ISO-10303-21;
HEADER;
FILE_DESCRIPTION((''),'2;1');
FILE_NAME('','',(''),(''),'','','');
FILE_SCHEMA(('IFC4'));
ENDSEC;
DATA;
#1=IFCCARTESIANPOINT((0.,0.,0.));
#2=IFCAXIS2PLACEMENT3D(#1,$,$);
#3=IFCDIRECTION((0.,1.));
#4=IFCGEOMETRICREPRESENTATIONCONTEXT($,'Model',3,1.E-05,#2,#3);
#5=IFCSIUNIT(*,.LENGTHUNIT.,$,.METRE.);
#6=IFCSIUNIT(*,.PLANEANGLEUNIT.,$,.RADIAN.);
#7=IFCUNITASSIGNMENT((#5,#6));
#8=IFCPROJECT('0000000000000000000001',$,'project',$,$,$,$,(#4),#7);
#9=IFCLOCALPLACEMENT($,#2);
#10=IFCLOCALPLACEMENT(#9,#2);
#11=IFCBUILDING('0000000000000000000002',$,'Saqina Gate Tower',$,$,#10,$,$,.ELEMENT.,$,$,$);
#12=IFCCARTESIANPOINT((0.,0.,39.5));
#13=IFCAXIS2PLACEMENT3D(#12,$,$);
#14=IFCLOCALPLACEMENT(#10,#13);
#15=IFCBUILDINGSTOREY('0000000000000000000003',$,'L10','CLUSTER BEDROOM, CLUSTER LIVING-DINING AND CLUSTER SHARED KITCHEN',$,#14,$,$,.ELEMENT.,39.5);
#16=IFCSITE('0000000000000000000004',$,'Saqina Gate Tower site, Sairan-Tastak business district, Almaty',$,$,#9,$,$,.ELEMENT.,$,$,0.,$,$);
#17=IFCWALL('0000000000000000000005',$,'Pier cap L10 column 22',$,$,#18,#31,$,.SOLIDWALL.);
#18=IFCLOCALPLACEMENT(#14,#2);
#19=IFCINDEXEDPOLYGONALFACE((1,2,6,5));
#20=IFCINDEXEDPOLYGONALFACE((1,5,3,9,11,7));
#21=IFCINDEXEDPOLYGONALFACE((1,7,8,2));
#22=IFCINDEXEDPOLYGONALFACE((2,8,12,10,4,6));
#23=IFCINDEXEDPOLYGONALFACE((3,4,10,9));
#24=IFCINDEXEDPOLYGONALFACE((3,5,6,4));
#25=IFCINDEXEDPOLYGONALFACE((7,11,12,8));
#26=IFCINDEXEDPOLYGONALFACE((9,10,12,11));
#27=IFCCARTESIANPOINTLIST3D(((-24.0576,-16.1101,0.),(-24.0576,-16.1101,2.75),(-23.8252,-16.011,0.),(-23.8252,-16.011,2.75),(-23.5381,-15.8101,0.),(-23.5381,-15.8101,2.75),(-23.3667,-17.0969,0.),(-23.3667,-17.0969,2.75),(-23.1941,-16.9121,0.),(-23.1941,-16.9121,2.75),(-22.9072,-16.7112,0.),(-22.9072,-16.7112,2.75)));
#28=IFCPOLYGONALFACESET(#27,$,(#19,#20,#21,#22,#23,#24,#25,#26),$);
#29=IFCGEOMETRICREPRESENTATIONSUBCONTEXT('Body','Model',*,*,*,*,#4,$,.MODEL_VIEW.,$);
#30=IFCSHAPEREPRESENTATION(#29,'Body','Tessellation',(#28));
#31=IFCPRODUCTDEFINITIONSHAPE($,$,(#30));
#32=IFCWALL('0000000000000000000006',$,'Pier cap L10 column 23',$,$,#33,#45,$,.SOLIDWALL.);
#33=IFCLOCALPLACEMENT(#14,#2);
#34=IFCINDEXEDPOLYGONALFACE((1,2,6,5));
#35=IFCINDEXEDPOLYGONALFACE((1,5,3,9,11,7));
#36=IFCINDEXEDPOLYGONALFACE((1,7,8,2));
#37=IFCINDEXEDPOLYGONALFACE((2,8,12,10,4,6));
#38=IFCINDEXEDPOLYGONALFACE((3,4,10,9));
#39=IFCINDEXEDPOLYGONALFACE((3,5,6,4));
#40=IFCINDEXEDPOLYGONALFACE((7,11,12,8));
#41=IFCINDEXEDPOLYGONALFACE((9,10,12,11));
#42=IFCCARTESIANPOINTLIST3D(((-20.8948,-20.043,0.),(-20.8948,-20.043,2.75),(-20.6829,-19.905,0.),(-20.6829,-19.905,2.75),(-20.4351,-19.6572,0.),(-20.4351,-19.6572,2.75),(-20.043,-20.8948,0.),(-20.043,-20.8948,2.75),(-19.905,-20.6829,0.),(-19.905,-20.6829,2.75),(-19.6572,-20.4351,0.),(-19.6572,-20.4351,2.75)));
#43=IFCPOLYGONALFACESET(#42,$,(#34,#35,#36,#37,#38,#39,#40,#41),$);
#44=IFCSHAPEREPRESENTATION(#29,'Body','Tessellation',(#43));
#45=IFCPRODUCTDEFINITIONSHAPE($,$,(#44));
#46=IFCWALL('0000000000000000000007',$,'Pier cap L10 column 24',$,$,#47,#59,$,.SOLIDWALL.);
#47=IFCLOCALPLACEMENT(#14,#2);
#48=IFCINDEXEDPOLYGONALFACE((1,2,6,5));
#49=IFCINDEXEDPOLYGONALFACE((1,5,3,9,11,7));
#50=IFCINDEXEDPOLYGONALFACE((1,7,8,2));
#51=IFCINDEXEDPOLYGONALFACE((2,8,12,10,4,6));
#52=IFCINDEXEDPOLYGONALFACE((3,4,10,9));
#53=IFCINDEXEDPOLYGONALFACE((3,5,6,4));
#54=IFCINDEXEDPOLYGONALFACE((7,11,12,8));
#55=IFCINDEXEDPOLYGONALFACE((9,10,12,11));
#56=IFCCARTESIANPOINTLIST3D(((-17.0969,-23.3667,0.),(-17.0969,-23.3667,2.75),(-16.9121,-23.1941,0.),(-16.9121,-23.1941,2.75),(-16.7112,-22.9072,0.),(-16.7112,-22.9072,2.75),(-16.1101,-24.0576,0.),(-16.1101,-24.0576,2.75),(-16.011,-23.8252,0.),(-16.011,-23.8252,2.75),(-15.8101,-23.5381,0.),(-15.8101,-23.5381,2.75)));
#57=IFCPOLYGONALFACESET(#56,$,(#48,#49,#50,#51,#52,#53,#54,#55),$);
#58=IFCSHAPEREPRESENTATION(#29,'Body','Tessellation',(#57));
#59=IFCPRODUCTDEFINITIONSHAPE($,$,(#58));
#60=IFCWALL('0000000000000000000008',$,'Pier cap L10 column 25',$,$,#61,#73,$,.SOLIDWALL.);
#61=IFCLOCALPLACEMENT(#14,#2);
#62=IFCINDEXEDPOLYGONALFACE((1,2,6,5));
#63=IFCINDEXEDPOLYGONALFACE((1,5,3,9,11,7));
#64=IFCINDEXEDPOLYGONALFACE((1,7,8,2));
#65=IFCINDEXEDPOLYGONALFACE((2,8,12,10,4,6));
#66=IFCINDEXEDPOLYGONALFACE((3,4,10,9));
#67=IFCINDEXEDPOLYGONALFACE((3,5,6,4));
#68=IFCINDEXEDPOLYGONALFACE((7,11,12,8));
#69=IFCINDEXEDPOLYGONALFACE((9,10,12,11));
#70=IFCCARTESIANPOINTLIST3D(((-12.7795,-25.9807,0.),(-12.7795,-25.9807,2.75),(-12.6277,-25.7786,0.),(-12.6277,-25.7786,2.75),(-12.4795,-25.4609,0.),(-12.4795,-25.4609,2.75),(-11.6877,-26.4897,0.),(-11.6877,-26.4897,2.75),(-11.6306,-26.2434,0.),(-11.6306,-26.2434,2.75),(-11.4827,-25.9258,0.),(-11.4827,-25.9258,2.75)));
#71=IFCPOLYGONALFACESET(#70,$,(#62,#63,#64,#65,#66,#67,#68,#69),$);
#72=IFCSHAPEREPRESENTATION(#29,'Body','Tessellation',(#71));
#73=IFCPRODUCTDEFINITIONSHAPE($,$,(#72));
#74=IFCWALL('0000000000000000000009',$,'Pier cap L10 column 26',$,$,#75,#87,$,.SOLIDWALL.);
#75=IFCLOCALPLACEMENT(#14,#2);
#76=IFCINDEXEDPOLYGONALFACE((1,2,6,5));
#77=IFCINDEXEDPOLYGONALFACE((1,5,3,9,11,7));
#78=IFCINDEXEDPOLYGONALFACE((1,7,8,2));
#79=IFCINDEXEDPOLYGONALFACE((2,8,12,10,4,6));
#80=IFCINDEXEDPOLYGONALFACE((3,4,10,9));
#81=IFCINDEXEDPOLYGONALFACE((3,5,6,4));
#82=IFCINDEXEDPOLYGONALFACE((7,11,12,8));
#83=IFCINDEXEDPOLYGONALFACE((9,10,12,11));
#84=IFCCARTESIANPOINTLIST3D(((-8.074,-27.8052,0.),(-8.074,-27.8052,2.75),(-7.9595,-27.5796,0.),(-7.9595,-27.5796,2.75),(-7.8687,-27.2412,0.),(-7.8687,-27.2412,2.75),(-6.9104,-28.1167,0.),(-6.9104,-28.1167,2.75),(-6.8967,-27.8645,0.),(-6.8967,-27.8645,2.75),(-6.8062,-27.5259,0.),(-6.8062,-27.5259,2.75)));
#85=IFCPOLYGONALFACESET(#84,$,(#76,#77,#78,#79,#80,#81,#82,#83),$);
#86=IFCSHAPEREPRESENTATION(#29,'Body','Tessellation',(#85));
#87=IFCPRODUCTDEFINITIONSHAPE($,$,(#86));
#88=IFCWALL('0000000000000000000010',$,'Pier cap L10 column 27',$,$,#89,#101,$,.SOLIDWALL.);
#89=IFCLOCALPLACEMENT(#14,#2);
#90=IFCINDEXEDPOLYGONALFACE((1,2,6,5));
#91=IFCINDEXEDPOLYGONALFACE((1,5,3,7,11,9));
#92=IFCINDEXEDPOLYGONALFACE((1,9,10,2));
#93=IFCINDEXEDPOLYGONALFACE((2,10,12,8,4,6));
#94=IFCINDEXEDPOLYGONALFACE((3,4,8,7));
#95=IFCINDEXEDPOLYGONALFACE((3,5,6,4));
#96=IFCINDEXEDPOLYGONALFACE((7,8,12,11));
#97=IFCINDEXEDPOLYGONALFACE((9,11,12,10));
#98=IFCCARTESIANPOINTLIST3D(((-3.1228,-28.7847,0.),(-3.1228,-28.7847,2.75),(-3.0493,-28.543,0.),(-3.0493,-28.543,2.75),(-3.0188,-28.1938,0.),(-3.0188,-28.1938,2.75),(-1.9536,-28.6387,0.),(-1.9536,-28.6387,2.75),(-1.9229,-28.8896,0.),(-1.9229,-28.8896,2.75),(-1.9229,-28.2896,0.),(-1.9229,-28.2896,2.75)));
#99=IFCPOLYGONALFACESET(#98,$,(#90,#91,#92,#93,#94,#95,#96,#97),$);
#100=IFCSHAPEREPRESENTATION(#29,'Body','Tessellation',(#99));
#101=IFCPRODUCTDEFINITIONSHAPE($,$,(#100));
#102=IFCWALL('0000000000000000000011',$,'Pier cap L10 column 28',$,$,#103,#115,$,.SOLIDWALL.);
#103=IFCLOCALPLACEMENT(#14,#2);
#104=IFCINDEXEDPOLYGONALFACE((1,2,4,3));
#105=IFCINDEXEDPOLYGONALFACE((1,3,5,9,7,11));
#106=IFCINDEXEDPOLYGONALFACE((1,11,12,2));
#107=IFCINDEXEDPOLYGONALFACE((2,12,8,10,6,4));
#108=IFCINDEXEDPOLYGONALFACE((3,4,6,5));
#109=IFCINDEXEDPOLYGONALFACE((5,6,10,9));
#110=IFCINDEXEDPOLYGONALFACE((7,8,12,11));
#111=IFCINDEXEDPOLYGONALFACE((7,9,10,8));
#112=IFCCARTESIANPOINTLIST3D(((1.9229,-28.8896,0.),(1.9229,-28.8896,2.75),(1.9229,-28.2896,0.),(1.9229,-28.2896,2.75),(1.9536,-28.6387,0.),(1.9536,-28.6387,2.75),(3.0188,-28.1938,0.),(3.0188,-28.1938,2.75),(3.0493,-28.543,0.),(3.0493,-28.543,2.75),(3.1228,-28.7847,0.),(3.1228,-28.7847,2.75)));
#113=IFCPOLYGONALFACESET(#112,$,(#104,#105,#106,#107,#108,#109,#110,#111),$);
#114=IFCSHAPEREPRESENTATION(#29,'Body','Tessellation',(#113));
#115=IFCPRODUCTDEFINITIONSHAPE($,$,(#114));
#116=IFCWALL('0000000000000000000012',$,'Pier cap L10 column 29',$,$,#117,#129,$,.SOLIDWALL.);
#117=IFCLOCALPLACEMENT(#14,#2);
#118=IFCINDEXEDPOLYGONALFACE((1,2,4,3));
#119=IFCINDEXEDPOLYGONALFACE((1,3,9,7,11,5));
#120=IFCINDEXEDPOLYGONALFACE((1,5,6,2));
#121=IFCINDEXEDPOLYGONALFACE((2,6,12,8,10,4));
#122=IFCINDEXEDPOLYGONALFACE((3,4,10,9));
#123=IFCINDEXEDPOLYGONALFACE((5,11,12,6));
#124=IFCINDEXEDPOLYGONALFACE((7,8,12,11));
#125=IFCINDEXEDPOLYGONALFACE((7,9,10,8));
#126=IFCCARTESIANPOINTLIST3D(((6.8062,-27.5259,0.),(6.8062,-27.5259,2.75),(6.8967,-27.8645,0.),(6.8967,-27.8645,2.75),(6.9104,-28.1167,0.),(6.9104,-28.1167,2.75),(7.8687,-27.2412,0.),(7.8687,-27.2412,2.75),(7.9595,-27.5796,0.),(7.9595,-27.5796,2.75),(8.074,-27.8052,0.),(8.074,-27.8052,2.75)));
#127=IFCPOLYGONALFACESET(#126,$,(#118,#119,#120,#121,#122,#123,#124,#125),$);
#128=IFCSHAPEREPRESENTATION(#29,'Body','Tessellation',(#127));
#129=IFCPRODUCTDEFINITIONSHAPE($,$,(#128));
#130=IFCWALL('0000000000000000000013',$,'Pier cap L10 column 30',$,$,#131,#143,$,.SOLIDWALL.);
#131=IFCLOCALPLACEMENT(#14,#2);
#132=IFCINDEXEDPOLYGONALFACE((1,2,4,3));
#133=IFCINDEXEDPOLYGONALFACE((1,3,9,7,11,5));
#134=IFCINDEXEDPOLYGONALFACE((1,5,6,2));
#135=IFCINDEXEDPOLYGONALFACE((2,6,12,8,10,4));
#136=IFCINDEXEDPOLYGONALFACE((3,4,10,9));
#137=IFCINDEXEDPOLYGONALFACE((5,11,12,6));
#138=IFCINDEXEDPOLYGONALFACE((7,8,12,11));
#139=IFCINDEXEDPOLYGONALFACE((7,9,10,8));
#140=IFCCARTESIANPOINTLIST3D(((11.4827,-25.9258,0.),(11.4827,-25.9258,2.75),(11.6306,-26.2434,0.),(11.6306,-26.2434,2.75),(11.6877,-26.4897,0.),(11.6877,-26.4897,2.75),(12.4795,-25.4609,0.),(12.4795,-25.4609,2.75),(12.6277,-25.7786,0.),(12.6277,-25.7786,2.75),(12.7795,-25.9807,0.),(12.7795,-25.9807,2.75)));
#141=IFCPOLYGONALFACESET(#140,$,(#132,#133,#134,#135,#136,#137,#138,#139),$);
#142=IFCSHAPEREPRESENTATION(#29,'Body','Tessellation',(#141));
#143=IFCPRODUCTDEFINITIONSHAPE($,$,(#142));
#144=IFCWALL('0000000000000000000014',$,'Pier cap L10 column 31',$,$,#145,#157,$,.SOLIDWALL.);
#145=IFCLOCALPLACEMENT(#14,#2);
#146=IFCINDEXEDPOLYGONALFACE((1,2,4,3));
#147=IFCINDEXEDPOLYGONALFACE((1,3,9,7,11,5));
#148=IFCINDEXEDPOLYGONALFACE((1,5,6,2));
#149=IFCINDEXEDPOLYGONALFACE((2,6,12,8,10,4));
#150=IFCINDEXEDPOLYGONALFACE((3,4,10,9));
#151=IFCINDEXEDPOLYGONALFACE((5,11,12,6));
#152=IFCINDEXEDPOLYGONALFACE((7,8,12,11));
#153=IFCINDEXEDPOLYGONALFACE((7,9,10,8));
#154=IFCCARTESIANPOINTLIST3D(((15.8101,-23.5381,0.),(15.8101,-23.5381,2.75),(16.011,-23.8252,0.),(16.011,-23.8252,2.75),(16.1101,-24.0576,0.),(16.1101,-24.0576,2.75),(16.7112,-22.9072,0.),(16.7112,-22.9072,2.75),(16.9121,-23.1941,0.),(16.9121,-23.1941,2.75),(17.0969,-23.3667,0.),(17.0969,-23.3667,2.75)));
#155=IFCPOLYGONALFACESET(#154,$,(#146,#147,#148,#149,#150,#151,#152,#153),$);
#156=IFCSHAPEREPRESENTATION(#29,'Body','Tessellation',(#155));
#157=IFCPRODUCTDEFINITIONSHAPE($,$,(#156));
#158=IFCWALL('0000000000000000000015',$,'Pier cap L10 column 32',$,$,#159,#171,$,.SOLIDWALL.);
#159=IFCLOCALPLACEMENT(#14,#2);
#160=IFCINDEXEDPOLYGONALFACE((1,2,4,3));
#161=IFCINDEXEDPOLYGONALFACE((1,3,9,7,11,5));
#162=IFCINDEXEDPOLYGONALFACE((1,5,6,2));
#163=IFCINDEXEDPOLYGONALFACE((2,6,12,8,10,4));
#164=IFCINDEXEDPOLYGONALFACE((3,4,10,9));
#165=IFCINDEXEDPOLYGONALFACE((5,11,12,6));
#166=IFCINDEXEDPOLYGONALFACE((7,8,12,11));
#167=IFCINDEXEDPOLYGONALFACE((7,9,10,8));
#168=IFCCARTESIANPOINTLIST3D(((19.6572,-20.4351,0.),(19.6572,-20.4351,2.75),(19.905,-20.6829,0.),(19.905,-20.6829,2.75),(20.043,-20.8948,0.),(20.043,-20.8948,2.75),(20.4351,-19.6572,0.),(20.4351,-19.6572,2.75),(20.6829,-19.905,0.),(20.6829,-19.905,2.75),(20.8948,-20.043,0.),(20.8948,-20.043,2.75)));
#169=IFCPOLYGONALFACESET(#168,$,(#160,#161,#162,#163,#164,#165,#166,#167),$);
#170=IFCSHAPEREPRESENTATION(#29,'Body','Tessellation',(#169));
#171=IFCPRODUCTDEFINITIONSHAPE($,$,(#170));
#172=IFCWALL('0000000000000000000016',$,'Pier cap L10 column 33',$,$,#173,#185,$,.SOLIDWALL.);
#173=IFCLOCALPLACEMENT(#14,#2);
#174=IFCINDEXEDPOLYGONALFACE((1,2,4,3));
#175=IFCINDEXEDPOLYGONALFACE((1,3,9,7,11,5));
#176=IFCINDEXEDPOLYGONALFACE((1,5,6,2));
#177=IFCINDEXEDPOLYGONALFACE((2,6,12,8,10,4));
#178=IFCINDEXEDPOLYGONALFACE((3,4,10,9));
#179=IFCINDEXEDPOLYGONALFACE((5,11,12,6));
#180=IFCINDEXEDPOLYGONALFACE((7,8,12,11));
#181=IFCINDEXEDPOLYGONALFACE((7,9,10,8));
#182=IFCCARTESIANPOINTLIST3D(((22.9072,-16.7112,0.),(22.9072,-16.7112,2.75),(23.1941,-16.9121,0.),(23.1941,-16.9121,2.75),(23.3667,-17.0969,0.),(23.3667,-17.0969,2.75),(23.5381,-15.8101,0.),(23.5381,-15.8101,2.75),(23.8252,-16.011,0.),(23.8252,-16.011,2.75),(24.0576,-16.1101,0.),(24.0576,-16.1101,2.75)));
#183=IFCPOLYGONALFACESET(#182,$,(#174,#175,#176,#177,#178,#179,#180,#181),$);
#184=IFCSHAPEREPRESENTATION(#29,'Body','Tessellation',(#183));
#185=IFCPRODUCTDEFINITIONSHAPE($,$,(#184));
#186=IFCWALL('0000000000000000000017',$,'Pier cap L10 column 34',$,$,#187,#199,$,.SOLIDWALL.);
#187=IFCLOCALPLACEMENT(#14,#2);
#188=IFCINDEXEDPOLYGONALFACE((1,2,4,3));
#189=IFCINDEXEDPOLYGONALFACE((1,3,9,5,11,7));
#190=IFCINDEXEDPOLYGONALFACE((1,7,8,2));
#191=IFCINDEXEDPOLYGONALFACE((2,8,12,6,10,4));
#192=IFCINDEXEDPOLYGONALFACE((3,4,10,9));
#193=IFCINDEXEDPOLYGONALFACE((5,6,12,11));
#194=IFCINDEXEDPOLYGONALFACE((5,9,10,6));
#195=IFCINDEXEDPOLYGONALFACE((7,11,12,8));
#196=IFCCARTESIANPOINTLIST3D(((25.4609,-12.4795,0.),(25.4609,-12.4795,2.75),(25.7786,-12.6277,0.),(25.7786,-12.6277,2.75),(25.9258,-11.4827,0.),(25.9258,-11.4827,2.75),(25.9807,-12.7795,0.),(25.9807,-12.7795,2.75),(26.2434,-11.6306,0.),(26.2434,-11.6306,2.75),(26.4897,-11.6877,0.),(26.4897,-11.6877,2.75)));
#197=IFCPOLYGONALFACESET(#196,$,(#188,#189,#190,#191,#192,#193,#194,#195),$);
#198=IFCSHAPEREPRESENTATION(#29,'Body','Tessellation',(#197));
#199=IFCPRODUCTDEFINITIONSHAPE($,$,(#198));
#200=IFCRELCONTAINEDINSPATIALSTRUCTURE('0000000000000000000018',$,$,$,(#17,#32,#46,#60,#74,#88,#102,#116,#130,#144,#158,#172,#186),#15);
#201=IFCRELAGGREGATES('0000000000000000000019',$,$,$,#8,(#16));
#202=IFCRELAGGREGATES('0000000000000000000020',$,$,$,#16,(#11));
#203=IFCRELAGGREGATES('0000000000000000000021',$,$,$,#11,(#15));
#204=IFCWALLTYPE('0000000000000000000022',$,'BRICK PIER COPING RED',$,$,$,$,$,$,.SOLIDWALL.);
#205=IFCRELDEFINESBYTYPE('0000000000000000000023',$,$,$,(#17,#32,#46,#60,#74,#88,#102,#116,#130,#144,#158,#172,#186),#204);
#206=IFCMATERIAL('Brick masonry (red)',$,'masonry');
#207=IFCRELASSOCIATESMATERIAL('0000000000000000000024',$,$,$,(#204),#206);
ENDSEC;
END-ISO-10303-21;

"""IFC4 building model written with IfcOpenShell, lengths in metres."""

from ifc_helpers import new_model, si_unit, direction, frame, origin, place, context, subcontext, project, spatial, polyline, outline, extrude, material, type_object, element, save


model = new_model("IFC4")

# Units and contexts
model_context = context("Model", 3, precision=1e-05, world=origin(), true_north=direction((0.0, 1.0)))
body_context = subcontext(model_context, "Body", "Model", "MODEL_VIEW")
ifc_project = project(units=[si_unit("LENGTHUNIT", "METRE"), si_unit("PLANEANGLEUNIT", "RADIAN")], contexts=[model_context])

# Site, building, storey
site_placement = place(None, origin())
site = spatial("IfcSite", under=ifc_project, at=site_placement, Name="Saqina Gate Tower site, Sairan-Tastak business district, Almaty", CompositionType="ELEMENT", RefElevation=0.0)
building_placement = place(site_placement, origin())
building = spatial("IfcBuilding", under=site, at=building_placement, Name="Saqina Gate Tower", CompositionType="ELEMENT")
storey_placement = place(building_placement, frame((0.0, 0.0, 39.5)))
storey = spatial("IfcBuildingStorey", under=building, at=storey_placement, Name="L10", Description="CLUSTER BEDROOM, CLUSTER LIVING-DINING AND CLUSTER SHARED KITCHEN", CompositionType="ELEMENT", Elevation=39.5)

# Walls
ifc_material = material(Name="Brick masonry (red)", Category="masonry")
wall_type = type_object("IfcWallType", Name="BRICK PIER COPING RED", PredefinedType="SOLIDWALL", material=ifc_material)
wall_1_placement = place(storey_placement, origin())
element("IfcWall", 1, at=wall_1_placement, inside=storey, type_object=wall_type, Name="Pier cap L10 column 22", PredefinedType="SOLIDWALL", context=body_context, shape_type="SweptSolid", body=[
    extrude(outline(polyline([(-24.0576, -16.1101), (-23.3667, -17.0969), (-22.9072, -16.7112), (-23.1941, -16.9121), (-23.8252, -16.011), (-23.5381, -15.8101), (-24.0576, -16.1101)])), origin(), (0.0, 0.0, 1.0), 2.75),
])
wall_2_placement = place(storey_placement, origin())
element("IfcWall", 2, at=wall_2_placement, inside=storey, type_object=wall_type, Name="Pier cap L10 column 23", PredefinedType="SOLIDWALL", context=body_context, shape_type="SweptSolid", body=[
    extrude(outline(polyline([(-20.043, -20.8948), (-19.6572, -20.4351), (-19.905, -20.6829), (-20.6829, -19.905), (-20.4351, -19.6572), (-20.8948, -20.043), (-20.043, -20.8948)])), origin(), (0.0, 0.0, 1.0), 2.75),
])
wall_3_placement = place(storey_placement, origin())
element("IfcWall", 3, at=wall_3_placement, inside=storey, type_object=wall_type, Name="Pier cap L10 column 24", PredefinedType="SOLIDWALL", context=body_context, shape_type="SweptSolid", body=[
    extrude(outline(polyline([(-17.0969, -23.3667), (-16.1101, -24.0576), (-15.8101, -23.5381), (-16.011, -23.8252), (-16.9121, -23.1941), (-16.7112, -22.9072), (-17.0969, -23.3667)])), origin(), (0.0, 0.0, 1.0), 2.75),
])
wall_4_placement = place(storey_placement, origin())
element("IfcWall", 4, at=wall_4_placement, inside=storey, type_object=wall_type, Name="Pier cap L10 column 25", PredefinedType="SOLIDWALL", context=body_context, shape_type="SweptSolid", body=[
    extrude(outline(polyline([(-11.6877, -26.4897), (-11.4827, -25.9258), (-11.6306, -26.2434), (-12.6277, -25.7786), (-12.4795, -25.4609), (-12.7795, -25.9807), (-11.6877, -26.4897)])), origin(), (0.0, 0.0, 1.0), 2.75),
])
wall_5_placement = place(storey_placement, origin())
element("IfcWall", 5, at=wall_5_placement, inside=storey, type_object=wall_type, Name="Pier cap L10 column 26", PredefinedType="SOLIDWALL", context=body_context, shape_type="SweptSolid", body=[
    extrude(outline(polyline([(-6.9104, -28.1167), (-6.8062, -27.5259), (-6.8967, -27.8645), (-7.9595, -27.5796), (-7.8687, -27.2412), (-8.074, -27.8052), (-6.9104, -28.1167)])), origin(), (0.0, 0.0, 1.0), 2.75),
])
wall_6_placement = place(storey_placement, origin())
element("IfcWall", 6, at=wall_6_placement, inside=storey, type_object=wall_type, Name="Pier cap L10 column 27", PredefinedType="SOLIDWALL", context=body_context, shape_type="SweptSolid", body=[
    extrude(outline(polyline([(-3.1228, -28.7847), (-1.9229, -28.8896), (-1.9229, -28.2896), (-1.9536, -28.6387), (-3.0493, -28.543), (-3.0188, -28.1938), (-3.1228, -28.7847)])), origin(), (0.0, 0.0, 1.0), 2.75),
])
wall_7_placement = place(storey_placement, origin())
element("IfcWall", 7, at=wall_7_placement, inside=storey, type_object=wall_type, Name="Pier cap L10 column 28", PredefinedType="SOLIDWALL", context=body_context, shape_type="SweptSolid", body=[
    extrude(outline(polyline([(1.9229, -28.8896), (3.1228, -28.7847), (3.0188, -28.1938), (3.0493, -28.543), (1.9536, -28.6387), (1.9229, -28.2896), (1.9229, -28.8896)])), origin(), (0.0, 0.0, 1.0), 2.75),
])
wall_8_placement = place(storey_placement, origin())
element("IfcWall", 8, at=wall_8_placement, inside=storey, type_object=wall_type, Name="Pier cap L10 column 29", PredefinedType="SOLIDWALL", context=body_context, shape_type="SweptSolid", body=[
    extrude(outline(polyline([(6.9104, -28.1167), (8.074, -27.8052), (7.8687, -27.2412), (7.9595, -27.5796), (6.8967, -27.8645), (6.8062, -27.5259), (6.9104, -28.1167)])), origin(), (0.0, 0.0, 1.0), 2.75),
])
wall_9_placement = place(storey_placement, origin())
element("IfcWall", 9, at=wall_9_placement, inside=storey, type_object=wall_type, Name="Pier cap L10 column 30", PredefinedType="SOLIDWALL", context=body_context, shape_type="SweptSolid", body=[
    extrude(outline(polyline([(12.7795, -25.9807), (12.4795, -25.4609), (12.6277, -25.7786), (11.6306, -26.2434), (11.4827, -25.9258), (11.6877, -26.4897), (12.7795, -25.9807)])), origin(), (0.0, 0.0, 1.0), 2.75),
])
wall_10_placement = place(storey_placement, origin())
element("IfcWall", 10, at=wall_10_placement, inside=storey, type_object=wall_type, Name="Pier cap L10 column 31", PredefinedType="SOLIDWALL", context=body_context, shape_type="SweptSolid", body=[
    extrude(outline(polyline([(16.1101, -24.0576), (17.0969, -23.3667), (16.7112, -22.9072), (16.9121, -23.1941), (16.011, -23.8252), (15.8101, -23.5381), (16.1101, -24.0576)])), origin(), (0.0, 0.0, 1.0), 2.75),
])
wall_11_placement = place(storey_placement, origin())
element("IfcWall", 11, at=wall_11_placement, inside=storey, type_object=wall_type, Name="Pier cap L10 column 32", PredefinedType="SOLIDWALL", context=body_context, shape_type="SweptSolid", body=[
    extrude(outline(polyline([(20.8948, -20.043), (20.4351, -19.6572), (20.6829, -19.905), (19.905, -20.6829), (19.6572, -20.4351), (20.043, -20.8948), (20.8948, -20.043)])), origin(), (0.0, 0.0, 1.0), 2.75),
])
wall_12_placement = place(storey_placement, origin())
element("IfcWall", 12, at=wall_12_placement, inside=storey, type_object=wall_type, Name="Pier cap L10 column 33", PredefinedType="SOLIDWALL", context=body_context, shape_type="SweptSolid", body=[
    extrude(outline(polyline([(23.3667, -17.0969), (24.0576, -16.1101), (23.5381, -15.8101), (23.8252, -16.011), (23.1941, -16.9121), (22.9072, -16.7112), (23.3667, -17.0969)])), origin(), (0.0, 0.0, 1.0), 2.75),
])
wall_13_placement = place(storey_placement, origin())
element("IfcWall", 13, at=wall_13_placement, inside=storey, type_object=wall_type, Name="Pier cap L10 column 34", PredefinedType="SOLIDWALL", context=body_context, shape_type="SweptSolid", body=[
    extrude(outline(polyline([(26.4897, -11.6877), (25.9258, -11.4827), (26.2434, -11.6306), (25.7786, -12.6277), (25.4609, -12.4795), (25.9807, -12.7795), (26.4897, -11.6877)])), origin(), (0.0, 0.0, 1.0), 2.75),
])

save(model, "model.ifc")
